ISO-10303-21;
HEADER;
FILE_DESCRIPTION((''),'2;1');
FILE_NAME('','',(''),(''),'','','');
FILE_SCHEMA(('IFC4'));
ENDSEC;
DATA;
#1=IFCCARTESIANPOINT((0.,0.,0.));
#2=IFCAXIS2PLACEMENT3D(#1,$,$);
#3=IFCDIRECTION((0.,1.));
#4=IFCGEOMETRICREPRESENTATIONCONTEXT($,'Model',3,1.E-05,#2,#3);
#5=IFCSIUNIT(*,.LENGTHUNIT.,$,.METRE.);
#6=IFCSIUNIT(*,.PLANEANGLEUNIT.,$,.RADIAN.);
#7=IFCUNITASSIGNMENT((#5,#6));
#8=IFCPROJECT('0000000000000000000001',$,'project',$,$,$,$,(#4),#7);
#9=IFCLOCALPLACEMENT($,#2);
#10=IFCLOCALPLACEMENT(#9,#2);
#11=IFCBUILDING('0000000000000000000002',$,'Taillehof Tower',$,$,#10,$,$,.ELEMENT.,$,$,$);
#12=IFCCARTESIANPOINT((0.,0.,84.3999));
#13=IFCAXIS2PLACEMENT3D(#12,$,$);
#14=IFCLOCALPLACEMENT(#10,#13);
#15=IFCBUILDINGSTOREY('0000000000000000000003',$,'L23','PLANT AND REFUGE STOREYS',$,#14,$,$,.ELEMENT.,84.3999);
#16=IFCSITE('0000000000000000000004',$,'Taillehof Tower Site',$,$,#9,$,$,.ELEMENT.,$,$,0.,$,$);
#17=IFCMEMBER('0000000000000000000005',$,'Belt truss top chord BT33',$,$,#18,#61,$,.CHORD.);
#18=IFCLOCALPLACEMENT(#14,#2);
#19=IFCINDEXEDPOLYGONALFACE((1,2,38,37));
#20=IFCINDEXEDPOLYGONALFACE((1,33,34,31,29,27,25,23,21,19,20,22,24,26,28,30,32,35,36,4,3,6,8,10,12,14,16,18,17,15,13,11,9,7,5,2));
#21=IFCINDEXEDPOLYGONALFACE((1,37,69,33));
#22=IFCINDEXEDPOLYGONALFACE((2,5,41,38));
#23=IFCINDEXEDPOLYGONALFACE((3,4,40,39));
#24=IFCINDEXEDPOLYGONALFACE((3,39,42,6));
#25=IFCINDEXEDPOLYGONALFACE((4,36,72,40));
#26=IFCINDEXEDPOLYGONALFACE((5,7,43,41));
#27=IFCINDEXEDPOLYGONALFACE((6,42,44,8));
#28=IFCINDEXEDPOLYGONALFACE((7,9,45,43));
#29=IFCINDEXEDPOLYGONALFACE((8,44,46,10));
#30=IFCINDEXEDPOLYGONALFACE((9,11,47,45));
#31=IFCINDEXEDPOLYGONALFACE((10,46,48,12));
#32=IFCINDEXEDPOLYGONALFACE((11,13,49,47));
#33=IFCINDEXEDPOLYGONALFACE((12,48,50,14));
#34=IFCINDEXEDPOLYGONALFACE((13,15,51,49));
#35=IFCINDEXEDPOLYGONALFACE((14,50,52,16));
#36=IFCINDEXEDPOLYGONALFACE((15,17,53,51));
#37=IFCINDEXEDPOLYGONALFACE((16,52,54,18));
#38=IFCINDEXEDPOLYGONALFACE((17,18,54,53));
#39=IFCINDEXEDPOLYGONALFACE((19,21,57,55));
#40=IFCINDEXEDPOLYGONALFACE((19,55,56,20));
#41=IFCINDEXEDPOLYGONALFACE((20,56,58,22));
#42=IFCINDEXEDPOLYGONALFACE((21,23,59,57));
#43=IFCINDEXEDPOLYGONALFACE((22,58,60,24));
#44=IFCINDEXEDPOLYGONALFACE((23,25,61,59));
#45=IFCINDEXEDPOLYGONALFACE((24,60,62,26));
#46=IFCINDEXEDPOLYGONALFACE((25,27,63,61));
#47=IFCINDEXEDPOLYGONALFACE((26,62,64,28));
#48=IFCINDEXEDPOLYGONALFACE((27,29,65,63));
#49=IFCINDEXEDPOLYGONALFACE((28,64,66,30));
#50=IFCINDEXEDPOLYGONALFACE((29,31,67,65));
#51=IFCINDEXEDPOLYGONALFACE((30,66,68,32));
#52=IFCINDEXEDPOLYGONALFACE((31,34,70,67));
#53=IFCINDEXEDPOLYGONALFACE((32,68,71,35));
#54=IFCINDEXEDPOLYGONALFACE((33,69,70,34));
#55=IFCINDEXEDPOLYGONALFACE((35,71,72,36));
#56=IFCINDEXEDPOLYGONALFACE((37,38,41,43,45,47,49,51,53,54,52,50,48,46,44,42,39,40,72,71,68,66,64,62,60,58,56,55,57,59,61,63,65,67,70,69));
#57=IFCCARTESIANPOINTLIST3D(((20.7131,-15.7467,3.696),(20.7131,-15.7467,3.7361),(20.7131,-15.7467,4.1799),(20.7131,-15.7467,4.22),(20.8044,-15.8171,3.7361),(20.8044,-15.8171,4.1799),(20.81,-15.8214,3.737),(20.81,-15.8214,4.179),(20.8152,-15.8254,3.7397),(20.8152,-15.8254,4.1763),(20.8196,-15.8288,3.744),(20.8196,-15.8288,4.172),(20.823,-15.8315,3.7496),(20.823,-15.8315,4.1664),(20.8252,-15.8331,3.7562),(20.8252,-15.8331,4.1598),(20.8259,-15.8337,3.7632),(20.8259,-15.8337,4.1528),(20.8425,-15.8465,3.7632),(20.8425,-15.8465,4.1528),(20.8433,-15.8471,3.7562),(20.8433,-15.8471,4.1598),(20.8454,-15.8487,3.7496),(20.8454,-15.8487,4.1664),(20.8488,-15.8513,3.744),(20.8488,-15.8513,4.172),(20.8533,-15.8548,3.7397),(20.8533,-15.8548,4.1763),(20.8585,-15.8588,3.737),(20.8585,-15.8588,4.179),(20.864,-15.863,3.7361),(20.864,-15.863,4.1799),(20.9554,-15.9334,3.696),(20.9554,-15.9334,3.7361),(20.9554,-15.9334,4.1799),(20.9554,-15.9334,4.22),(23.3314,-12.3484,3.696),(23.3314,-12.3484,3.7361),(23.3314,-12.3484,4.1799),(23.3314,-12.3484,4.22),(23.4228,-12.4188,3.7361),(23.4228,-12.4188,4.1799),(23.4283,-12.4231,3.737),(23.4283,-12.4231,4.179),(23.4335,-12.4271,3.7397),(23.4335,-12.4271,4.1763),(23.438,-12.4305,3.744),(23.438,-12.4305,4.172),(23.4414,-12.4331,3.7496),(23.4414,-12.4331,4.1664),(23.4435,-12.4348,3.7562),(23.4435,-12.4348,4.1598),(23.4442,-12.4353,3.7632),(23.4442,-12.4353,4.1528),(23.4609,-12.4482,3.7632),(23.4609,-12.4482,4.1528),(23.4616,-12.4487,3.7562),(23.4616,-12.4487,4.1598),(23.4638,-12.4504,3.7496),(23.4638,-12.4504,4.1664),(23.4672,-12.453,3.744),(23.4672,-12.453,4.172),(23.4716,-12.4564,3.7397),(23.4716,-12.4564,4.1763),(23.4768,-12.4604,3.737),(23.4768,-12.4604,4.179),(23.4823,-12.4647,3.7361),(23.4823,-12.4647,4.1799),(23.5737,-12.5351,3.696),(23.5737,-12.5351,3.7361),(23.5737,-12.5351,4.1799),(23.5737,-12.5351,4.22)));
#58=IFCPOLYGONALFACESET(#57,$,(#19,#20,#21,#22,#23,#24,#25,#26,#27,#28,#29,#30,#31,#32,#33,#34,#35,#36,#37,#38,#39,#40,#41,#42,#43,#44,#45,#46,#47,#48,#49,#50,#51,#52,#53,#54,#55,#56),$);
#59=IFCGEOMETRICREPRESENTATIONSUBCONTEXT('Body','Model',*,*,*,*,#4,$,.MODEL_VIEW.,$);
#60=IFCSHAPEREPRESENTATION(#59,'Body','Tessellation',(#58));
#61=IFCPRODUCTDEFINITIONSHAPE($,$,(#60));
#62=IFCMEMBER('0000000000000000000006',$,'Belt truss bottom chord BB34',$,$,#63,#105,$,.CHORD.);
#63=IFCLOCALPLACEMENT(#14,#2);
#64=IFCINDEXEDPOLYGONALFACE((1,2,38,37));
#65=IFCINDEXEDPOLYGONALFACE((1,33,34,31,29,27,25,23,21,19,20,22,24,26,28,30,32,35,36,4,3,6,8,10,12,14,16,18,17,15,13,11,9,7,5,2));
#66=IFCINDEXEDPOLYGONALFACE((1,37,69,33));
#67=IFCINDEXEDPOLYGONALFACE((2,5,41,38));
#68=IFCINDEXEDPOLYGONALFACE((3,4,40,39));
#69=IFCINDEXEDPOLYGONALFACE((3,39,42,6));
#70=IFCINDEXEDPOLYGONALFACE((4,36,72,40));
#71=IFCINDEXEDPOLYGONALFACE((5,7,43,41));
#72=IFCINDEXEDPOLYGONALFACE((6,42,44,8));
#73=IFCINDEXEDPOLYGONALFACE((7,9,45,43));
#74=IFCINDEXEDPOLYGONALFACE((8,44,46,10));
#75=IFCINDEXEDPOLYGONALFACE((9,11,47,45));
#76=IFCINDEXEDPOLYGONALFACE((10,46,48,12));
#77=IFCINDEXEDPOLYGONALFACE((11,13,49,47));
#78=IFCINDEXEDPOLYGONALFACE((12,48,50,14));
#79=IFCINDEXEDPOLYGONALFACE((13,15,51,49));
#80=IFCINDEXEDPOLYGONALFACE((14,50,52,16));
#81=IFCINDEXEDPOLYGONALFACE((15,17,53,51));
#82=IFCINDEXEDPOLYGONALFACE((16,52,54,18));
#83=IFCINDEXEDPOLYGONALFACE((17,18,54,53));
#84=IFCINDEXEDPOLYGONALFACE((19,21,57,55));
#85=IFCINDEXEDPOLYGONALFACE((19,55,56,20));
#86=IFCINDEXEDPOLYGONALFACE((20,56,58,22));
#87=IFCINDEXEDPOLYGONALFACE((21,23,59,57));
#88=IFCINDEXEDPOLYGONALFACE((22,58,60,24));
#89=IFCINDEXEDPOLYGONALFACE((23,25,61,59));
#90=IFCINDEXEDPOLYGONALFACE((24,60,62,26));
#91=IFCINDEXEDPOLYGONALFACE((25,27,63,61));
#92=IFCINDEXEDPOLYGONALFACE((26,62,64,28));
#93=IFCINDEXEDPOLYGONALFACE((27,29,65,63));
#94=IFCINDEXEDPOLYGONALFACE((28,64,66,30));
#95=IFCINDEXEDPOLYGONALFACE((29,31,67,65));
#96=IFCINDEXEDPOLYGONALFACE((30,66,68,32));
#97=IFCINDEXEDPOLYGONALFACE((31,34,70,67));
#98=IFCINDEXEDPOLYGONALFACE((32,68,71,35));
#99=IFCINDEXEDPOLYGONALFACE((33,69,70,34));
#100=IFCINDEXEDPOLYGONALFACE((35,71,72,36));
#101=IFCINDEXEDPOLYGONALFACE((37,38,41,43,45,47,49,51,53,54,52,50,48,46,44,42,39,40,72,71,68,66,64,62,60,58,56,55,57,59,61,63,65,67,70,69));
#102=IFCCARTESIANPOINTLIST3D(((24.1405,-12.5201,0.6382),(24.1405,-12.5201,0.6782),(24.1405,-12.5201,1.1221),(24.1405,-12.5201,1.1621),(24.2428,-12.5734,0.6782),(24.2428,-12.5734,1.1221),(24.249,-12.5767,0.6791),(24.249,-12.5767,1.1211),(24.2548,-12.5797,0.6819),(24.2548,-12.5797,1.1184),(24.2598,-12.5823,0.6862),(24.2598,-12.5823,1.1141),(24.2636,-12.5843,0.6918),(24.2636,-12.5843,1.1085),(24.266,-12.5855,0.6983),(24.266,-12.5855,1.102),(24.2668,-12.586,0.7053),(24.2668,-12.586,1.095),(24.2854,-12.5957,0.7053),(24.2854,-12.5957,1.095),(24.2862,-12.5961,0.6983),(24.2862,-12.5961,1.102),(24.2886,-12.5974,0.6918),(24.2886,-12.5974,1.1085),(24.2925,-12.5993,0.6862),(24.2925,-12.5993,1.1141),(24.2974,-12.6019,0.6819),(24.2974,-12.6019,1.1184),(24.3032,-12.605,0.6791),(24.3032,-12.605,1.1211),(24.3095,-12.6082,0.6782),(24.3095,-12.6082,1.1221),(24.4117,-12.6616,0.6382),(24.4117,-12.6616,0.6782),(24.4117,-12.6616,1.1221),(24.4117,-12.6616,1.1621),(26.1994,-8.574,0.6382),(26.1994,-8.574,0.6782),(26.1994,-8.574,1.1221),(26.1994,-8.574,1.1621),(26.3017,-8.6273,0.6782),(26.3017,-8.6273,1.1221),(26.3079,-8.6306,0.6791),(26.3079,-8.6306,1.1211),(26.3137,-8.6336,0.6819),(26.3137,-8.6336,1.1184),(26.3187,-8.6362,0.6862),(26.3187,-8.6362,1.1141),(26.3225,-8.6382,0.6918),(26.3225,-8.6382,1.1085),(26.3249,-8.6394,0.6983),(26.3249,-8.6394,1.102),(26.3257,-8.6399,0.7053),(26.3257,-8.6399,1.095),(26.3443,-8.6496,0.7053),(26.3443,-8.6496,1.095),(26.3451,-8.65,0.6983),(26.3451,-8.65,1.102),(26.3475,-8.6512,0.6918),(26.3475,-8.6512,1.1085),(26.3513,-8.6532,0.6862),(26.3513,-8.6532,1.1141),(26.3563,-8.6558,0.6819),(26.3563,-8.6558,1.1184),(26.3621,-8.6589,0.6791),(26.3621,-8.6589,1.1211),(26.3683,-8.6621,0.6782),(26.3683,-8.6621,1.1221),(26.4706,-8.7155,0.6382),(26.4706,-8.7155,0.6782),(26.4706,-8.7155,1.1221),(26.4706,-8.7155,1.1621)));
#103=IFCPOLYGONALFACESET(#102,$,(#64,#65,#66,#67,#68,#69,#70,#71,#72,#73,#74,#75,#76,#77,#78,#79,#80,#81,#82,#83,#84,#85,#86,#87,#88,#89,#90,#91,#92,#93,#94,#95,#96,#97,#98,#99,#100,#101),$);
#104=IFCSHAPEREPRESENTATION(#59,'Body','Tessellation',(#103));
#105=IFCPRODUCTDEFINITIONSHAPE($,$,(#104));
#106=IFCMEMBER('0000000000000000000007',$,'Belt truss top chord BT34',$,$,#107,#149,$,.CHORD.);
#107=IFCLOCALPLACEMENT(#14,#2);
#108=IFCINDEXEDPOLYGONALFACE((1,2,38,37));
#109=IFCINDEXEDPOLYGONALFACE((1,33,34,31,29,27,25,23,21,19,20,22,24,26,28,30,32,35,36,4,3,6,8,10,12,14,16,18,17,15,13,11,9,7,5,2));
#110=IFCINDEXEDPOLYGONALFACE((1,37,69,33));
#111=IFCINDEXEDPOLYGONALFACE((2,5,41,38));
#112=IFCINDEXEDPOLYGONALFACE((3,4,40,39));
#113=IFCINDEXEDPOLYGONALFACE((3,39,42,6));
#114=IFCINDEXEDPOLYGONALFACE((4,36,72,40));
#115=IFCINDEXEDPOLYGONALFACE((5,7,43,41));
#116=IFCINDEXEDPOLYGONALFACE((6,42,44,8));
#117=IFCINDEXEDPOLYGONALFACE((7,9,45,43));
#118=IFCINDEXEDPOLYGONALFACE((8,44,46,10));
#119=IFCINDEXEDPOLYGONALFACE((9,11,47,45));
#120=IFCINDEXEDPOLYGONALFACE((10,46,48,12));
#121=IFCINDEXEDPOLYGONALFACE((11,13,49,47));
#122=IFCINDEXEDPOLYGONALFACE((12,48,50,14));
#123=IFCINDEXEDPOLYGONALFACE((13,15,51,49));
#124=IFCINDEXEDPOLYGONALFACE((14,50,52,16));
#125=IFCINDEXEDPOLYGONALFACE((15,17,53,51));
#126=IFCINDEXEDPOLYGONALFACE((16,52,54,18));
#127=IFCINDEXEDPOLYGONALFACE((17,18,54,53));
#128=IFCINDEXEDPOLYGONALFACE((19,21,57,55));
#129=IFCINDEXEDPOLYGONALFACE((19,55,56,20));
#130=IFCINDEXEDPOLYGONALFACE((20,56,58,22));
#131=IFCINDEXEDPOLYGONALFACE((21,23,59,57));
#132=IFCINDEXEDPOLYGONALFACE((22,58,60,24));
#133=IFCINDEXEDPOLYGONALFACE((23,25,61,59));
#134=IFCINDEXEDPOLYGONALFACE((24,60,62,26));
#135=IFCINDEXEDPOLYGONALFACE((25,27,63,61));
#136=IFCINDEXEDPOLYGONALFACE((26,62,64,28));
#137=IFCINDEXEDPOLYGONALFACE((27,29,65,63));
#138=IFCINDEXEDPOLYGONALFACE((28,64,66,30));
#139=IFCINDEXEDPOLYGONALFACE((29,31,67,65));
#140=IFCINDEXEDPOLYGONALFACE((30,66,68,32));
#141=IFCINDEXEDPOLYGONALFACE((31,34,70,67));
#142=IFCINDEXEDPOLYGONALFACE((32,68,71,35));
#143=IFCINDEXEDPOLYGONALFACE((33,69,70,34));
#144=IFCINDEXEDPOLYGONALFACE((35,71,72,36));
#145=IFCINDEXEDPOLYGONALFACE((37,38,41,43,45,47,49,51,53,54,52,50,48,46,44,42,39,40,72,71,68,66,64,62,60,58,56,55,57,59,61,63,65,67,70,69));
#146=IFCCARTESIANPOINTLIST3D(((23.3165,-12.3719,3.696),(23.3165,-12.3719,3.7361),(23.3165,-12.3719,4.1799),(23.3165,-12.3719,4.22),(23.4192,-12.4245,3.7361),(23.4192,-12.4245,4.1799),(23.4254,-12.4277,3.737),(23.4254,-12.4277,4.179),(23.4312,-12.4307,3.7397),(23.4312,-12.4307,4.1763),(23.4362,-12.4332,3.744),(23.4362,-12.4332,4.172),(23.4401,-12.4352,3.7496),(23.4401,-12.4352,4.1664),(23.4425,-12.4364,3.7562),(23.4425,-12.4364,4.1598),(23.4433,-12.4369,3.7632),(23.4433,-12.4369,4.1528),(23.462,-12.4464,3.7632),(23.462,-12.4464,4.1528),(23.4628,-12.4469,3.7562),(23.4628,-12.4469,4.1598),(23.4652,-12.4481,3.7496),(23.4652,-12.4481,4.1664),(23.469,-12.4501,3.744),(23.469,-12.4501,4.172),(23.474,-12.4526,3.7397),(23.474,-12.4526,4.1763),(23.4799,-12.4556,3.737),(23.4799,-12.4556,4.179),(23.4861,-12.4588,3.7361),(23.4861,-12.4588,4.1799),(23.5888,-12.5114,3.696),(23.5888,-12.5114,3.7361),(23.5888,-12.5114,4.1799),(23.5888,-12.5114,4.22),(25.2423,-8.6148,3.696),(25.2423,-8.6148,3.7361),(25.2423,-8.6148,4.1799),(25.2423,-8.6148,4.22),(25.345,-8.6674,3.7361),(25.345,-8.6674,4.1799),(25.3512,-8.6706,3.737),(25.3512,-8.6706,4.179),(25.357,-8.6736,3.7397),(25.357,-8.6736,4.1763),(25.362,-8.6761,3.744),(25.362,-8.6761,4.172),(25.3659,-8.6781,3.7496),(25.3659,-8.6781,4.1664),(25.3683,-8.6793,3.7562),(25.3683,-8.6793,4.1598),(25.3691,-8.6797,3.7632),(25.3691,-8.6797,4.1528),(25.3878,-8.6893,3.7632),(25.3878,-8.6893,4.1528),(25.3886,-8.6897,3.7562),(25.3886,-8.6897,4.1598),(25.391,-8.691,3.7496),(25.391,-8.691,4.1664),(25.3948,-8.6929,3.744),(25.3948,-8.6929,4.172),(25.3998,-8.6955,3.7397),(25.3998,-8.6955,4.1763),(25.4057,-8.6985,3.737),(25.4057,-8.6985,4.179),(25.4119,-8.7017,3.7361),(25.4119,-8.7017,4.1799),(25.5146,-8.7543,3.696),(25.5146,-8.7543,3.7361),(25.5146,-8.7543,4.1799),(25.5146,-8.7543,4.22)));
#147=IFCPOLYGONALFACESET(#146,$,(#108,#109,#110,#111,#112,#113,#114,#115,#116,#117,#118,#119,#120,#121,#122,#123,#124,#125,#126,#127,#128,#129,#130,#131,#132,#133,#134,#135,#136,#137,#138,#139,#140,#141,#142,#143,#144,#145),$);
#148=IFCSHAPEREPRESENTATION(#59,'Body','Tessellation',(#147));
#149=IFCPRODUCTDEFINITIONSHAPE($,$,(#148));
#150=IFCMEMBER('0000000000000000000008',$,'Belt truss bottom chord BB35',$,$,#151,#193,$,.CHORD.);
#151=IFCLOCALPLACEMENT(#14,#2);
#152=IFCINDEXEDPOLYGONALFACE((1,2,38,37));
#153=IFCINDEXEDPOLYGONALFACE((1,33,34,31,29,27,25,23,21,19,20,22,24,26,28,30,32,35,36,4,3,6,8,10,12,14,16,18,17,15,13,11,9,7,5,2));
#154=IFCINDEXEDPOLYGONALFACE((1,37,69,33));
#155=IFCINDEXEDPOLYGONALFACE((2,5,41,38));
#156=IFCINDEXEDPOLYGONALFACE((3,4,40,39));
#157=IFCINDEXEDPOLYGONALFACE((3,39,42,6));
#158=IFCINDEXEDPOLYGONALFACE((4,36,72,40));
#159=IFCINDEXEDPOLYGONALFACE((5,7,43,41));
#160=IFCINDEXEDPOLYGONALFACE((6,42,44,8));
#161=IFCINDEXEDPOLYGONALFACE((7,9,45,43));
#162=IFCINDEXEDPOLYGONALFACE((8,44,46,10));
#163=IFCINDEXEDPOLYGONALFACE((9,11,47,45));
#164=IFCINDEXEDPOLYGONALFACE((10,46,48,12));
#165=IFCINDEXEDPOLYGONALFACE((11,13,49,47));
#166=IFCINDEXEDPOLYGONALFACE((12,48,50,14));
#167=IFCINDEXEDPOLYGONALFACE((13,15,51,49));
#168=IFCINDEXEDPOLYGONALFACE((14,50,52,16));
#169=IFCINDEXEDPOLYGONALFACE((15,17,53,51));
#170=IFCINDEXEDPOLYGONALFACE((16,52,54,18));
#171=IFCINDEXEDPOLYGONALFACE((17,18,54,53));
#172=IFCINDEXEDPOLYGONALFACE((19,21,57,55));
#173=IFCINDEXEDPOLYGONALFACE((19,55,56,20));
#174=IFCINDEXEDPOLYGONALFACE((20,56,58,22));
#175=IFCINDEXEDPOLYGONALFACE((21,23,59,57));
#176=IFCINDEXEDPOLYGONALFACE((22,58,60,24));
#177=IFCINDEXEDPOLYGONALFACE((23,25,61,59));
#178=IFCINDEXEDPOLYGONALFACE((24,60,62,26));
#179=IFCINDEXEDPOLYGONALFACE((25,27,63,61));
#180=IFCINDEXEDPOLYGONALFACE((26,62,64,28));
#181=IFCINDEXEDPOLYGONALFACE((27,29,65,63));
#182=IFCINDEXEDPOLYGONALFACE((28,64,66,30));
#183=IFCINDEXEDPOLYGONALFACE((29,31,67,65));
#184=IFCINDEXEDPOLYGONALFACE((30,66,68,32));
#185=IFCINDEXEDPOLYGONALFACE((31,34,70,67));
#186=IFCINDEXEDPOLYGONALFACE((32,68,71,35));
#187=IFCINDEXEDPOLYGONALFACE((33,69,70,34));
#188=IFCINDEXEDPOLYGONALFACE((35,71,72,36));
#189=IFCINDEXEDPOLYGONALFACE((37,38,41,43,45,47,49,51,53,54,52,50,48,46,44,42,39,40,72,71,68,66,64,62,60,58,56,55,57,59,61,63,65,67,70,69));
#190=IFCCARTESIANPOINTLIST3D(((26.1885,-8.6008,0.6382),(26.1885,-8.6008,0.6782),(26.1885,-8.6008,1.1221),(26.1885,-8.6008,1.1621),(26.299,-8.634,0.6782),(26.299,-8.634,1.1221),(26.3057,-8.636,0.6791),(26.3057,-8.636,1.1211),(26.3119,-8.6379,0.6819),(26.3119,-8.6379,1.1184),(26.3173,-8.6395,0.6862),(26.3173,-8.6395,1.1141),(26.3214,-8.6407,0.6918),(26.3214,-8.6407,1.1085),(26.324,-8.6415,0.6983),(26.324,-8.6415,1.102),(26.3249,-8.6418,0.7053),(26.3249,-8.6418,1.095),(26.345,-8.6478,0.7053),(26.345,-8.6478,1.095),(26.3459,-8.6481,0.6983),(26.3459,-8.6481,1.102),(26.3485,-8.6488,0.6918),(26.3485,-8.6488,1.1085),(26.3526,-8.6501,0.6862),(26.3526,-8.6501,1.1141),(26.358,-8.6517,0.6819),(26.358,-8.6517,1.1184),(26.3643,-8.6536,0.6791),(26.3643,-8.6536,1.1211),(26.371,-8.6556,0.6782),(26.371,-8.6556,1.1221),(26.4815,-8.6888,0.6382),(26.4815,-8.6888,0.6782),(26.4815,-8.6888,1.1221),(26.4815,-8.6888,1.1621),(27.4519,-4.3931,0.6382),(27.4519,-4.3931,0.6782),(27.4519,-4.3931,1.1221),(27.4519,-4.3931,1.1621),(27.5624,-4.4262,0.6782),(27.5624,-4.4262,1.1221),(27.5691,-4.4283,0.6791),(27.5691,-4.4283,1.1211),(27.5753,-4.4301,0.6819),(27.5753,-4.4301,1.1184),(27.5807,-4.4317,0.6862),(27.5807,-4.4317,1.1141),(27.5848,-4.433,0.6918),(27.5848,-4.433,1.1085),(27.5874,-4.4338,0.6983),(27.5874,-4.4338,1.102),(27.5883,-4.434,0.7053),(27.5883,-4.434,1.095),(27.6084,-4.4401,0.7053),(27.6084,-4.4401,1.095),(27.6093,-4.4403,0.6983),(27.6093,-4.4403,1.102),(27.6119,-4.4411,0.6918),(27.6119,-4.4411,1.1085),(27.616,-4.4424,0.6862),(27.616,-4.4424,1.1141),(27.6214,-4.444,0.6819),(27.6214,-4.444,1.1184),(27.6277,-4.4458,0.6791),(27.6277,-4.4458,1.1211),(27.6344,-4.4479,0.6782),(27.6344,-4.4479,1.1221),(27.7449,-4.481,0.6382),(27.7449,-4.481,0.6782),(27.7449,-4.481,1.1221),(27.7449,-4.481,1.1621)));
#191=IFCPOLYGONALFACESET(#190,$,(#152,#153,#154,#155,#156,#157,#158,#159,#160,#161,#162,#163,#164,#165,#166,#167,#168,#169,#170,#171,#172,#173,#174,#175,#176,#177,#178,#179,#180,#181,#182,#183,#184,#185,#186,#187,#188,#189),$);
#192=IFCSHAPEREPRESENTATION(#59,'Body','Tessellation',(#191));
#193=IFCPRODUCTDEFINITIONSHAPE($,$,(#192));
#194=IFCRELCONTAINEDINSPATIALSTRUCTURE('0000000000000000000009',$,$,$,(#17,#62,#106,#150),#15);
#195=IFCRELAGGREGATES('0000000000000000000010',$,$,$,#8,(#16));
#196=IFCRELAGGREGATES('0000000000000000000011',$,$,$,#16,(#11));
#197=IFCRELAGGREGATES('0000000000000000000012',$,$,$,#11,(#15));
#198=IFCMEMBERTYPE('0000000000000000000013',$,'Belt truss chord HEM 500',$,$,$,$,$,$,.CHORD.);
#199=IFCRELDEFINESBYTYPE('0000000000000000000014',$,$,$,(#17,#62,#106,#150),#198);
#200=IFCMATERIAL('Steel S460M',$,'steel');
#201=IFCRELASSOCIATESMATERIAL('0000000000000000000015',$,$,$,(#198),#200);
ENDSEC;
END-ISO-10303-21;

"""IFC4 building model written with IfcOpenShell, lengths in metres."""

from ifc_helpers import new_model, si_unit, direction, frame, origin, origin_2d, place, context, subcontext, project, spatial, i_section, extrude, material, material_profile, profile_set, type_object, element, save


model = new_model("IFC4")

# Units and contexts
model_context = context("Model", 3, precision=1e-05, world=origin(), true_north=direction((0.0, 1.0)))
body_context = subcontext(model_context, "Body", "Model", "MODEL_VIEW")
ifc_project = project(units=[si_unit("LENGTHUNIT", "METRE"), si_unit("PLANEANGLEUNIT", "RADIAN")], contexts=[model_context])

# Site, building, storey
site_placement = place(None, origin())
site = spatial("IfcSite", under=ifc_project, at=site_placement, Name="Taillehof Tower Site", CompositionType="ELEMENT", RefElevation=0.0)
building_placement = place(site_placement, origin())
building = spatial("IfcBuilding", under=site, at=building_placement, Name="Taillehof Tower", CompositionType="ELEMENT")
storey_placement = place(building_placement, frame((0.0, 0.0, 84.3999)))
storey = spatial("IfcBuildingStorey", under=building, at=storey_placement, Name="L23", Description="PLANT AND REFUGE STOREYS", CompositionType="ELEMENT", Elevation=84.3999)

# Members
ifc_material_1 = material(Name="Steel S460M", Category="steel")
ifc_material_profile_1 = material_profile(ifc_material_1, i_section(OverallWidth=0.3059, OverallDepth=0.5239, WebThickness=0.021, FlangeThickness=0.04, FilletRadius=0.0271, at=origin_2d()), Name="HEM 500")
ifc_profile_set_1 = profile_set([ifc_material_profile_1], Name="Steel S460M")
member_type_1 = type_object("IfcMemberType", Name="Belt truss chord HEM 500", PredefinedType="CHORD", material=ifc_profile_set_1)
member_1_placement = place(storey_placement, frame((20.8342, -15.8401, 3.958), z_axis=(0.610329, 0.792148, 0.0), x_axis=(-0.792148, 0.610329, 0.0)))
element("IfcMember", 1, at=member_1_placement, inside=storey, type_object=member_type_1, Name="Belt truss top chord BT33", PredefinedType="CHORD", context=body_context, shape_type="SweptSolid", body=[
    extrude(i_section(OverallWidth=0.3059, OverallDepth=0.5239, WebThickness=0.021, FlangeThickness=0.04, FilletRadius=0.0271, at=origin_2d()), origin(), (0.0, 0.0, 1.0), 4.29),
])
member_2_placement = place(storey_placement, frame((24.2761, -12.5908, 0.9001), z_axis=(0.462572, 0.886582, 0.0), x_axis=(-0.886582, 0.462572, 0.0)))
element("IfcMember", 2, at=member_2_placement, inside=storey, type_object=member_type_1, Name="Belt truss bottom chord BB34", PredefinedType="CHORD", context=body_context, shape_type="SweptSolid", body=[
    extrude(i_section(OverallWidth=0.3059, OverallDepth=0.5239, WebThickness=0.021, FlangeThickness=0.04, FilletRadius=0.0271, at=origin_2d()), origin(), (0.0, 0.0, 1.0), 4.4509),
])
member_3_placement = place(storey_placement, frame((23.4526, -12.4417, 3.958), z_axis=(0.456143, 0.889907, 0.0), x_axis=(-0.889907, 0.456143, 0.0)))
element("IfcMember", 3, at=member_3_placement, inside=storey, type_object=member_type_1, Name="Belt truss top chord BT34", PredefinedType="CHORD", context=body_context, shape_type="SweptSolid", body=[
    extrude(i_section(OverallWidth=0.3059, OverallDepth=0.5239, WebThickness=0.021, FlangeThickness=0.04, FilletRadius=0.0271, at=origin_2d()), origin(), (0.0, 0.0, 1.0), 4.2219),
])
member_4_placement = place(storey_placement, frame((26.335, -8.6448, 0.9001), z_axis=(0.287577, 0.957757, 0.0), x_axis=(-0.957757, 0.287577, 0.0)))
element("IfcMember", 4, at=member_4_placement, inside=storey, type_object=member_type_1, Name="Belt truss bottom chord BB35", PredefinedType="CHORD", context=body_context, shape_type="SweptSolid", body=[
    extrude(i_section(OverallWidth=0.3059, OverallDepth=0.5239, WebThickness=0.021, FlangeThickness=0.04, FilletRadius=0.0271, at=origin_2d()), origin(), (0.0, 0.0, 1.0), 4.3933),
])

save(model, "model.ifc")
